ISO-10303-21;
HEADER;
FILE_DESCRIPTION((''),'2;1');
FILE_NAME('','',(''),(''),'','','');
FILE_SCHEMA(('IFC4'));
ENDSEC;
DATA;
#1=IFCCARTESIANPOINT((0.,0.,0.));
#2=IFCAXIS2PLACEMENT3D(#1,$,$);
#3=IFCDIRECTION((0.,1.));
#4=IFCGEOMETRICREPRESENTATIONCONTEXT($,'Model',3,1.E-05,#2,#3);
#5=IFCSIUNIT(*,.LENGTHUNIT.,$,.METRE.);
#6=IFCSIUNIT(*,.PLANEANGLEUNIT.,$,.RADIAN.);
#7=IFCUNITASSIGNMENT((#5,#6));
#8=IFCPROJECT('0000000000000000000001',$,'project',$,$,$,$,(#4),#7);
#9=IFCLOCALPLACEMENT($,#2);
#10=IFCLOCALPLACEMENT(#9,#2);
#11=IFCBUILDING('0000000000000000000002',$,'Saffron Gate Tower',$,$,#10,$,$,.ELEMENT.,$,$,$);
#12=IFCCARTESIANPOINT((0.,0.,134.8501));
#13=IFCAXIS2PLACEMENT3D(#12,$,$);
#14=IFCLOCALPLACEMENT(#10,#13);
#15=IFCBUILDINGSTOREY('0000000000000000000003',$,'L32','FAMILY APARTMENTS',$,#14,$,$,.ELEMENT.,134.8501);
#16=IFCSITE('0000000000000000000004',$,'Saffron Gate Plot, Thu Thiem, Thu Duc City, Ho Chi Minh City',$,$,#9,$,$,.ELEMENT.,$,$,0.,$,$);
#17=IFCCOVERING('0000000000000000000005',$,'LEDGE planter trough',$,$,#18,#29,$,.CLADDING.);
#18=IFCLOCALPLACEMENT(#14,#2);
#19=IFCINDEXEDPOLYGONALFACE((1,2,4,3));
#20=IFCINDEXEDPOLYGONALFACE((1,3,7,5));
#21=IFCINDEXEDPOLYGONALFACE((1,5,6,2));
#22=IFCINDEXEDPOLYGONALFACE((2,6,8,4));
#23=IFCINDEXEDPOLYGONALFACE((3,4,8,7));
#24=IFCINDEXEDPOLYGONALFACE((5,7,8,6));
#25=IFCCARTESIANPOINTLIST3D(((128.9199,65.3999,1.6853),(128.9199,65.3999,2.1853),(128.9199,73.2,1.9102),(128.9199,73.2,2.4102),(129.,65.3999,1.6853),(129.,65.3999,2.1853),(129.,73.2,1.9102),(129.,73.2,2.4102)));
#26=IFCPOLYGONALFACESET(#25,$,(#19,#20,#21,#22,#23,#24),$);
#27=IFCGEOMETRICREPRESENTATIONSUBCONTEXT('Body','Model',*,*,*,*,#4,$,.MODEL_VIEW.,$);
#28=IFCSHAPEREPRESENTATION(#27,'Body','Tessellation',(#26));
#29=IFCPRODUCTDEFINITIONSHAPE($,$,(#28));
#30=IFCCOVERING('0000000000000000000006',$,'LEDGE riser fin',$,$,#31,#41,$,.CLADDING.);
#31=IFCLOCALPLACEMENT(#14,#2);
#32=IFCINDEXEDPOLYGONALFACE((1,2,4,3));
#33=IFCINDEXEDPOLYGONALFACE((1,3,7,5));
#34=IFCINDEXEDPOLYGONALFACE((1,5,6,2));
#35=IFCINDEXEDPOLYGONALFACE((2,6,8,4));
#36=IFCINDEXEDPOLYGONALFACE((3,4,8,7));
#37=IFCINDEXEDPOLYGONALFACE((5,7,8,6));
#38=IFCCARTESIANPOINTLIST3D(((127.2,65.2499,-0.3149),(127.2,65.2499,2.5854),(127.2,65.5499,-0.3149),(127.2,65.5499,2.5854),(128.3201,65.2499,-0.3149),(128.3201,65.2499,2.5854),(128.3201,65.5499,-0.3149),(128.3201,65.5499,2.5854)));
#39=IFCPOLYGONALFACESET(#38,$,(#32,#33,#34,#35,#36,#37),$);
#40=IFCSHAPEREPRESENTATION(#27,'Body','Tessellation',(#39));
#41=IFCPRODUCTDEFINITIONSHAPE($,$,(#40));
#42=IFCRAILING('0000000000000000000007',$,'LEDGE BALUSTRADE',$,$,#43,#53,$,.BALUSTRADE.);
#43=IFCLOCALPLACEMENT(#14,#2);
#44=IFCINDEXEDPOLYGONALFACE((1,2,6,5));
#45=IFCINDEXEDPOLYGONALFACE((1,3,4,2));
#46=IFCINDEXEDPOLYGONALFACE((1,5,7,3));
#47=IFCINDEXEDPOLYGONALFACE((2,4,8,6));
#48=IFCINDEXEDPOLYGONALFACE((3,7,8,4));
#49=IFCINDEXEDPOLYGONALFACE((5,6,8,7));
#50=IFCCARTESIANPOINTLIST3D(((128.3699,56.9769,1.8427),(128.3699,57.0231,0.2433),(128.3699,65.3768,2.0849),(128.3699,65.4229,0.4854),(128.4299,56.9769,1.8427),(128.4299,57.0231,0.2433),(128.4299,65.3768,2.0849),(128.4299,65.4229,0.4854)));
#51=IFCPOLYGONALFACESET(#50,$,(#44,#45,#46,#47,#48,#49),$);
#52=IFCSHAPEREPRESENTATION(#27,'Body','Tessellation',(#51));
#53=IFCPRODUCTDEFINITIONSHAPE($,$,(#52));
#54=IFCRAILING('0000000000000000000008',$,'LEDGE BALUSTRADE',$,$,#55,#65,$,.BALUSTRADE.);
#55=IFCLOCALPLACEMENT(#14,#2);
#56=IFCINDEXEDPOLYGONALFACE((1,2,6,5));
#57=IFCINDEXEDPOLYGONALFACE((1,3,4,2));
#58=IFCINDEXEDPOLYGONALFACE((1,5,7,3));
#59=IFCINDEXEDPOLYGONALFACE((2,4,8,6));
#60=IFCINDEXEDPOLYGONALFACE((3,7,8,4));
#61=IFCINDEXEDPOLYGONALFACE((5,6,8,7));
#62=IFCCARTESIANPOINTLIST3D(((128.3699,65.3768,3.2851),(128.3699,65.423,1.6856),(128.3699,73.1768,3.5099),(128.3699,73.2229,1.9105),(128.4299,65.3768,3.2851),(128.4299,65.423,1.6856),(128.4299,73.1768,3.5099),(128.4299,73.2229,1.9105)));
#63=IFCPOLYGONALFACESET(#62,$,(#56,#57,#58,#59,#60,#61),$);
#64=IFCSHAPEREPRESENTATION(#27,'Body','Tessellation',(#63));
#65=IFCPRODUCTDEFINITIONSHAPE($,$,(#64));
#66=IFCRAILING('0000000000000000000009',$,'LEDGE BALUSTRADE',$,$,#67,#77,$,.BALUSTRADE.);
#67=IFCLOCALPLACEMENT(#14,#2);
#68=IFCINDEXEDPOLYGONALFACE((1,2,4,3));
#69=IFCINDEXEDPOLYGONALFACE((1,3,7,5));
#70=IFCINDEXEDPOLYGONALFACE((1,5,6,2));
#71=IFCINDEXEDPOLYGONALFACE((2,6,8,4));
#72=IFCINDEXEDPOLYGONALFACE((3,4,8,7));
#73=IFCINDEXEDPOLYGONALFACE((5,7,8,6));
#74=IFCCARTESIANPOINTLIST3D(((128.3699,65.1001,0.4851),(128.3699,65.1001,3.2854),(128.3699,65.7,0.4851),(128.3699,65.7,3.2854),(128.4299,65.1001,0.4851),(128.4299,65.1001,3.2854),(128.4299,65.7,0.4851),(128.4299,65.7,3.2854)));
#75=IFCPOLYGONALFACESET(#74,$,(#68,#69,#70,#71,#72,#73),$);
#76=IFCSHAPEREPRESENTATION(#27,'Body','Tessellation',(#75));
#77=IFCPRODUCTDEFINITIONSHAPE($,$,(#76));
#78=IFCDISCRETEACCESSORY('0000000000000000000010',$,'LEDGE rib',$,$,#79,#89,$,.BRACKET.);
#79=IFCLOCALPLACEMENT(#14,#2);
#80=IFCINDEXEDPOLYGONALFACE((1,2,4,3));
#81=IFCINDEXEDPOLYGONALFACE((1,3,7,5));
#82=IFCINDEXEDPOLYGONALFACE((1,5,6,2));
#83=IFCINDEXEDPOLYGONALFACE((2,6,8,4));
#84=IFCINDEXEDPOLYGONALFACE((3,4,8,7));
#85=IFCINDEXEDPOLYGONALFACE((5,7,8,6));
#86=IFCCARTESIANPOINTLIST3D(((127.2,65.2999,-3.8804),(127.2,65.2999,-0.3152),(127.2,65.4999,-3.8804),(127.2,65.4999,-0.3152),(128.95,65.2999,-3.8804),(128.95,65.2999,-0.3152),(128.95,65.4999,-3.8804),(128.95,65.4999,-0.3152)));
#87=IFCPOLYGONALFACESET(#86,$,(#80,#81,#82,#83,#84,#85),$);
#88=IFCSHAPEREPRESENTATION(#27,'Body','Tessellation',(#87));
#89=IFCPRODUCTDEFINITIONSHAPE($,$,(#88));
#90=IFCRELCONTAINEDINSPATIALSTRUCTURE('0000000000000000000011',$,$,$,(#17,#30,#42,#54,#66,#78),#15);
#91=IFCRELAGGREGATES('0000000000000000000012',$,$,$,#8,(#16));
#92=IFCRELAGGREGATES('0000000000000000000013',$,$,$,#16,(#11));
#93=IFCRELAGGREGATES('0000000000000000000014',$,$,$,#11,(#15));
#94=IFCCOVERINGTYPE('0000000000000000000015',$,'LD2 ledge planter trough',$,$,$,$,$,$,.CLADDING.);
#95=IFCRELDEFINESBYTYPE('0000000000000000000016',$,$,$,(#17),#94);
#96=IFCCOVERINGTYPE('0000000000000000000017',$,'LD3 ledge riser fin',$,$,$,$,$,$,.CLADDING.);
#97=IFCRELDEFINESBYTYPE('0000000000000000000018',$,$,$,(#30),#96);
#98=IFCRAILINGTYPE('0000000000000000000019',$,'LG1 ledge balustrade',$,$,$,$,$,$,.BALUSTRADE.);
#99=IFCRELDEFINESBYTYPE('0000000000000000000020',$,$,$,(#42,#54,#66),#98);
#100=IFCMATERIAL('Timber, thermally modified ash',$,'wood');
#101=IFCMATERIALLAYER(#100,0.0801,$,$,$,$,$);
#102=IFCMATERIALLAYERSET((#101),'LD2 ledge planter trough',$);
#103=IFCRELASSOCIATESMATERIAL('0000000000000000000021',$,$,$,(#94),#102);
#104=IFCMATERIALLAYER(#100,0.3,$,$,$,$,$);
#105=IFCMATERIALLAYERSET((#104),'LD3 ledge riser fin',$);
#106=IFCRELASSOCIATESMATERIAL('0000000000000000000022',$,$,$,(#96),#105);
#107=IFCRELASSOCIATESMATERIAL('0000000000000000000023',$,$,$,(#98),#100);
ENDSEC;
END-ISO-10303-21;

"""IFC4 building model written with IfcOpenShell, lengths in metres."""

from ifc_helpers import new_model, si_unit, direction, frame, origin, origin_2d, place, context, subcontext, project, spatial, polyline, rectangle, outline, extrude, material, layer, layer_set, type_object, element, save


model = new_model("IFC4")

# Units and contexts
model_context = context("Model", 3, precision=1e-05, world=origin(), true_north=direction((0.0, 1.0)))
body_context = subcontext(model_context, "Body", "Model", "MODEL_VIEW")
ifc_project = project(units=[si_unit("LENGTHUNIT", "METRE"), si_unit("PLANEANGLEUNIT", "RADIAN")], contexts=[model_context])

# Site, building, storey
site_placement = place(None, origin())
site = spatial("IfcSite", under=ifc_project, at=site_placement, Name="Saffron Gate Plot, Thu Thiem, Thu Duc City, Ho Chi Minh City", CompositionType="ELEMENT", RefElevation=0.0)
building_placement = place(site_placement, origin())
building = spatial("IfcBuilding", under=site, at=building_placement, Name="Saffron Gate Tower", CompositionType="ELEMENT")
storey_placement = place(building_placement, frame((0.0, 0.0, 134.8501)))
storey = spatial("IfcBuildingStorey", under=building, at=storey_placement, Name="L32", Description="FAMILY APARTMENTS", CompositionType="ELEMENT", Elevation=134.8501)

# Coverings
ifc_material_1 = material(Name="Timber, thermally modified ash", Category="wood")
ifc_layer_1 = layer(ifc_material_1, 0.0801)
ifc_layer_set_1 = layer_set([ifc_layer_1], Name="LD2 ledge planter trough")
covering_type_1 = type_object("IfcCoveringType", Name="LD2 ledge planter trough", PredefinedType="CLADDING", material=ifc_layer_set_1)
covering_1_placement = place(storey_placement, frame((129.0, 65.3999, 1.6853), z_axis=(1.0, 0.0, 0.0), x_axis=(0.0, 0.999585, 0.028815)))
element("IfcCovering", 1, at=covering_1_placement, inside=storey, type_object=covering_type_1, Name="LEDGE planter trough", PredefinedType="CLADDING", context=body_context, shape_type="SweptSolid", body=[
    extrude(outline(polyline([(0.0, 0.0), (7.8033, 0.0), (7.8177, 0.4998), (0.0144, 0.4998), (0.0, 0.0)])), origin(), (0.0, 0.0, -1.0), 0.0801),
])
ifc_layer_2 = layer(ifc_material_1, 0.3)
ifc_layer_set_2 = layer_set([ifc_layer_2], Name="LD3 ledge riser fin")
covering_type_2 = type_object("IfcCoveringType", Name="LD3 ledge riser fin", PredefinedType="CLADDING", material=ifc_layer_set_2)
covering_2_placement = place(storey_placement, frame((127.76, 65.3999, -0.3149), z_axis=(0.0, 0.0, 1.0), x_axis=(0.0, 1.0, 0.0)))
element("IfcCovering", 2, at=covering_2_placement, inside=storey, type_object=covering_type_2, Name="LEDGE riser fin", PredefinedType="CLADDING", context=body_context, shape_type="SweptSolid", body=[
    extrude(rectangle(XDim=0.3, YDim=1.1201, at=origin_2d()), origin(), (0.0, 0.0, 1.0), 2.9004),
])

# Railings
railing_type = type_object("IfcRailingType", Name="LG1 ledge balustrade", PredefinedType="BALUSTRADE", material=ifc_material_1)
railing_1_placement = place(storey_placement, frame((128.3999, 57.0, 0.2429)))
element("IfcRailing", 3, at=railing_1_placement, inside=storey, type_object=railing_type, Name="LEDGE BALUSTRADE", PredefinedType="BALUSTRADE", context=body_context, shape_type="SweptSolid", body=[
    extrude(rectangle(XDim=0.0601, YDim=1.6001, at=origin_2d()), frame((0.0, 0.0, 0.8), z_axis=(0.0, 0.999585, 0.02882), x_axis=(-1.0, 0.0, 0.0)), (0.0, 0.0, 1.0), 8.4033),
])
railing_2_placement = place(storey_placement, frame((128.3999, 65.3999, 1.6853)))
element("IfcRailing", 4, at=railing_2_placement, inside=storey, type_object=railing_type, Name="LEDGE BALUSTRADE", PredefinedType="BALUSTRADE", context=body_context, shape_type="SweptSolid", body=[
    extrude(rectangle(XDim=0.0601, YDim=1.6001, at=origin_2d()), frame((0.0, 0.0, 0.8), z_axis=(0.0, 0.999585, 0.028815), x_axis=(-1.0, 0.0, 0.0)), (0.0, 0.0, 1.0), 7.8032),
])
railing_3_placement = place(storey_placement, frame((128.3999, 65.1001, 0.4851)))
element("IfcRailing", 5, at=railing_3_placement, inside=storey, type_object=railing_type, Name="LEDGE BALUSTRADE", PredefinedType="BALUSTRADE", context=body_context, shape_type="SweptSolid", body=[
    extrude(rectangle(XDim=0.0601, YDim=2.8003, at=origin_2d()), frame((0.0, 0.0, 1.4001), z_axis=(0.0, 1.0, 0.0), x_axis=(-1.0, 0.0, 0.0)), (0.0, 0.0, 1.0), 0.5999),
])

# Discrete accessory
discrete_accessory_placement = place(storey_placement, frame((128.075, 65.3999, -3.8804), z_axis=(0.0, 0.0, 1.0), x_axis=(0.0, 1.0, 0.0)))
element("IfcDiscreteAccessory", 6, at=discrete_accessory_placement, inside=storey, Name="LEDGE rib", PredefinedType="BRACKET", context=body_context, shape_type="SweptSolid", body=[
    extrude(rectangle(XDim=0.2, YDim=1.75, at=origin_2d()), origin(), (0.0, 0.0, 1.0), 3.5652),
])

save(model, "model.ifc")
